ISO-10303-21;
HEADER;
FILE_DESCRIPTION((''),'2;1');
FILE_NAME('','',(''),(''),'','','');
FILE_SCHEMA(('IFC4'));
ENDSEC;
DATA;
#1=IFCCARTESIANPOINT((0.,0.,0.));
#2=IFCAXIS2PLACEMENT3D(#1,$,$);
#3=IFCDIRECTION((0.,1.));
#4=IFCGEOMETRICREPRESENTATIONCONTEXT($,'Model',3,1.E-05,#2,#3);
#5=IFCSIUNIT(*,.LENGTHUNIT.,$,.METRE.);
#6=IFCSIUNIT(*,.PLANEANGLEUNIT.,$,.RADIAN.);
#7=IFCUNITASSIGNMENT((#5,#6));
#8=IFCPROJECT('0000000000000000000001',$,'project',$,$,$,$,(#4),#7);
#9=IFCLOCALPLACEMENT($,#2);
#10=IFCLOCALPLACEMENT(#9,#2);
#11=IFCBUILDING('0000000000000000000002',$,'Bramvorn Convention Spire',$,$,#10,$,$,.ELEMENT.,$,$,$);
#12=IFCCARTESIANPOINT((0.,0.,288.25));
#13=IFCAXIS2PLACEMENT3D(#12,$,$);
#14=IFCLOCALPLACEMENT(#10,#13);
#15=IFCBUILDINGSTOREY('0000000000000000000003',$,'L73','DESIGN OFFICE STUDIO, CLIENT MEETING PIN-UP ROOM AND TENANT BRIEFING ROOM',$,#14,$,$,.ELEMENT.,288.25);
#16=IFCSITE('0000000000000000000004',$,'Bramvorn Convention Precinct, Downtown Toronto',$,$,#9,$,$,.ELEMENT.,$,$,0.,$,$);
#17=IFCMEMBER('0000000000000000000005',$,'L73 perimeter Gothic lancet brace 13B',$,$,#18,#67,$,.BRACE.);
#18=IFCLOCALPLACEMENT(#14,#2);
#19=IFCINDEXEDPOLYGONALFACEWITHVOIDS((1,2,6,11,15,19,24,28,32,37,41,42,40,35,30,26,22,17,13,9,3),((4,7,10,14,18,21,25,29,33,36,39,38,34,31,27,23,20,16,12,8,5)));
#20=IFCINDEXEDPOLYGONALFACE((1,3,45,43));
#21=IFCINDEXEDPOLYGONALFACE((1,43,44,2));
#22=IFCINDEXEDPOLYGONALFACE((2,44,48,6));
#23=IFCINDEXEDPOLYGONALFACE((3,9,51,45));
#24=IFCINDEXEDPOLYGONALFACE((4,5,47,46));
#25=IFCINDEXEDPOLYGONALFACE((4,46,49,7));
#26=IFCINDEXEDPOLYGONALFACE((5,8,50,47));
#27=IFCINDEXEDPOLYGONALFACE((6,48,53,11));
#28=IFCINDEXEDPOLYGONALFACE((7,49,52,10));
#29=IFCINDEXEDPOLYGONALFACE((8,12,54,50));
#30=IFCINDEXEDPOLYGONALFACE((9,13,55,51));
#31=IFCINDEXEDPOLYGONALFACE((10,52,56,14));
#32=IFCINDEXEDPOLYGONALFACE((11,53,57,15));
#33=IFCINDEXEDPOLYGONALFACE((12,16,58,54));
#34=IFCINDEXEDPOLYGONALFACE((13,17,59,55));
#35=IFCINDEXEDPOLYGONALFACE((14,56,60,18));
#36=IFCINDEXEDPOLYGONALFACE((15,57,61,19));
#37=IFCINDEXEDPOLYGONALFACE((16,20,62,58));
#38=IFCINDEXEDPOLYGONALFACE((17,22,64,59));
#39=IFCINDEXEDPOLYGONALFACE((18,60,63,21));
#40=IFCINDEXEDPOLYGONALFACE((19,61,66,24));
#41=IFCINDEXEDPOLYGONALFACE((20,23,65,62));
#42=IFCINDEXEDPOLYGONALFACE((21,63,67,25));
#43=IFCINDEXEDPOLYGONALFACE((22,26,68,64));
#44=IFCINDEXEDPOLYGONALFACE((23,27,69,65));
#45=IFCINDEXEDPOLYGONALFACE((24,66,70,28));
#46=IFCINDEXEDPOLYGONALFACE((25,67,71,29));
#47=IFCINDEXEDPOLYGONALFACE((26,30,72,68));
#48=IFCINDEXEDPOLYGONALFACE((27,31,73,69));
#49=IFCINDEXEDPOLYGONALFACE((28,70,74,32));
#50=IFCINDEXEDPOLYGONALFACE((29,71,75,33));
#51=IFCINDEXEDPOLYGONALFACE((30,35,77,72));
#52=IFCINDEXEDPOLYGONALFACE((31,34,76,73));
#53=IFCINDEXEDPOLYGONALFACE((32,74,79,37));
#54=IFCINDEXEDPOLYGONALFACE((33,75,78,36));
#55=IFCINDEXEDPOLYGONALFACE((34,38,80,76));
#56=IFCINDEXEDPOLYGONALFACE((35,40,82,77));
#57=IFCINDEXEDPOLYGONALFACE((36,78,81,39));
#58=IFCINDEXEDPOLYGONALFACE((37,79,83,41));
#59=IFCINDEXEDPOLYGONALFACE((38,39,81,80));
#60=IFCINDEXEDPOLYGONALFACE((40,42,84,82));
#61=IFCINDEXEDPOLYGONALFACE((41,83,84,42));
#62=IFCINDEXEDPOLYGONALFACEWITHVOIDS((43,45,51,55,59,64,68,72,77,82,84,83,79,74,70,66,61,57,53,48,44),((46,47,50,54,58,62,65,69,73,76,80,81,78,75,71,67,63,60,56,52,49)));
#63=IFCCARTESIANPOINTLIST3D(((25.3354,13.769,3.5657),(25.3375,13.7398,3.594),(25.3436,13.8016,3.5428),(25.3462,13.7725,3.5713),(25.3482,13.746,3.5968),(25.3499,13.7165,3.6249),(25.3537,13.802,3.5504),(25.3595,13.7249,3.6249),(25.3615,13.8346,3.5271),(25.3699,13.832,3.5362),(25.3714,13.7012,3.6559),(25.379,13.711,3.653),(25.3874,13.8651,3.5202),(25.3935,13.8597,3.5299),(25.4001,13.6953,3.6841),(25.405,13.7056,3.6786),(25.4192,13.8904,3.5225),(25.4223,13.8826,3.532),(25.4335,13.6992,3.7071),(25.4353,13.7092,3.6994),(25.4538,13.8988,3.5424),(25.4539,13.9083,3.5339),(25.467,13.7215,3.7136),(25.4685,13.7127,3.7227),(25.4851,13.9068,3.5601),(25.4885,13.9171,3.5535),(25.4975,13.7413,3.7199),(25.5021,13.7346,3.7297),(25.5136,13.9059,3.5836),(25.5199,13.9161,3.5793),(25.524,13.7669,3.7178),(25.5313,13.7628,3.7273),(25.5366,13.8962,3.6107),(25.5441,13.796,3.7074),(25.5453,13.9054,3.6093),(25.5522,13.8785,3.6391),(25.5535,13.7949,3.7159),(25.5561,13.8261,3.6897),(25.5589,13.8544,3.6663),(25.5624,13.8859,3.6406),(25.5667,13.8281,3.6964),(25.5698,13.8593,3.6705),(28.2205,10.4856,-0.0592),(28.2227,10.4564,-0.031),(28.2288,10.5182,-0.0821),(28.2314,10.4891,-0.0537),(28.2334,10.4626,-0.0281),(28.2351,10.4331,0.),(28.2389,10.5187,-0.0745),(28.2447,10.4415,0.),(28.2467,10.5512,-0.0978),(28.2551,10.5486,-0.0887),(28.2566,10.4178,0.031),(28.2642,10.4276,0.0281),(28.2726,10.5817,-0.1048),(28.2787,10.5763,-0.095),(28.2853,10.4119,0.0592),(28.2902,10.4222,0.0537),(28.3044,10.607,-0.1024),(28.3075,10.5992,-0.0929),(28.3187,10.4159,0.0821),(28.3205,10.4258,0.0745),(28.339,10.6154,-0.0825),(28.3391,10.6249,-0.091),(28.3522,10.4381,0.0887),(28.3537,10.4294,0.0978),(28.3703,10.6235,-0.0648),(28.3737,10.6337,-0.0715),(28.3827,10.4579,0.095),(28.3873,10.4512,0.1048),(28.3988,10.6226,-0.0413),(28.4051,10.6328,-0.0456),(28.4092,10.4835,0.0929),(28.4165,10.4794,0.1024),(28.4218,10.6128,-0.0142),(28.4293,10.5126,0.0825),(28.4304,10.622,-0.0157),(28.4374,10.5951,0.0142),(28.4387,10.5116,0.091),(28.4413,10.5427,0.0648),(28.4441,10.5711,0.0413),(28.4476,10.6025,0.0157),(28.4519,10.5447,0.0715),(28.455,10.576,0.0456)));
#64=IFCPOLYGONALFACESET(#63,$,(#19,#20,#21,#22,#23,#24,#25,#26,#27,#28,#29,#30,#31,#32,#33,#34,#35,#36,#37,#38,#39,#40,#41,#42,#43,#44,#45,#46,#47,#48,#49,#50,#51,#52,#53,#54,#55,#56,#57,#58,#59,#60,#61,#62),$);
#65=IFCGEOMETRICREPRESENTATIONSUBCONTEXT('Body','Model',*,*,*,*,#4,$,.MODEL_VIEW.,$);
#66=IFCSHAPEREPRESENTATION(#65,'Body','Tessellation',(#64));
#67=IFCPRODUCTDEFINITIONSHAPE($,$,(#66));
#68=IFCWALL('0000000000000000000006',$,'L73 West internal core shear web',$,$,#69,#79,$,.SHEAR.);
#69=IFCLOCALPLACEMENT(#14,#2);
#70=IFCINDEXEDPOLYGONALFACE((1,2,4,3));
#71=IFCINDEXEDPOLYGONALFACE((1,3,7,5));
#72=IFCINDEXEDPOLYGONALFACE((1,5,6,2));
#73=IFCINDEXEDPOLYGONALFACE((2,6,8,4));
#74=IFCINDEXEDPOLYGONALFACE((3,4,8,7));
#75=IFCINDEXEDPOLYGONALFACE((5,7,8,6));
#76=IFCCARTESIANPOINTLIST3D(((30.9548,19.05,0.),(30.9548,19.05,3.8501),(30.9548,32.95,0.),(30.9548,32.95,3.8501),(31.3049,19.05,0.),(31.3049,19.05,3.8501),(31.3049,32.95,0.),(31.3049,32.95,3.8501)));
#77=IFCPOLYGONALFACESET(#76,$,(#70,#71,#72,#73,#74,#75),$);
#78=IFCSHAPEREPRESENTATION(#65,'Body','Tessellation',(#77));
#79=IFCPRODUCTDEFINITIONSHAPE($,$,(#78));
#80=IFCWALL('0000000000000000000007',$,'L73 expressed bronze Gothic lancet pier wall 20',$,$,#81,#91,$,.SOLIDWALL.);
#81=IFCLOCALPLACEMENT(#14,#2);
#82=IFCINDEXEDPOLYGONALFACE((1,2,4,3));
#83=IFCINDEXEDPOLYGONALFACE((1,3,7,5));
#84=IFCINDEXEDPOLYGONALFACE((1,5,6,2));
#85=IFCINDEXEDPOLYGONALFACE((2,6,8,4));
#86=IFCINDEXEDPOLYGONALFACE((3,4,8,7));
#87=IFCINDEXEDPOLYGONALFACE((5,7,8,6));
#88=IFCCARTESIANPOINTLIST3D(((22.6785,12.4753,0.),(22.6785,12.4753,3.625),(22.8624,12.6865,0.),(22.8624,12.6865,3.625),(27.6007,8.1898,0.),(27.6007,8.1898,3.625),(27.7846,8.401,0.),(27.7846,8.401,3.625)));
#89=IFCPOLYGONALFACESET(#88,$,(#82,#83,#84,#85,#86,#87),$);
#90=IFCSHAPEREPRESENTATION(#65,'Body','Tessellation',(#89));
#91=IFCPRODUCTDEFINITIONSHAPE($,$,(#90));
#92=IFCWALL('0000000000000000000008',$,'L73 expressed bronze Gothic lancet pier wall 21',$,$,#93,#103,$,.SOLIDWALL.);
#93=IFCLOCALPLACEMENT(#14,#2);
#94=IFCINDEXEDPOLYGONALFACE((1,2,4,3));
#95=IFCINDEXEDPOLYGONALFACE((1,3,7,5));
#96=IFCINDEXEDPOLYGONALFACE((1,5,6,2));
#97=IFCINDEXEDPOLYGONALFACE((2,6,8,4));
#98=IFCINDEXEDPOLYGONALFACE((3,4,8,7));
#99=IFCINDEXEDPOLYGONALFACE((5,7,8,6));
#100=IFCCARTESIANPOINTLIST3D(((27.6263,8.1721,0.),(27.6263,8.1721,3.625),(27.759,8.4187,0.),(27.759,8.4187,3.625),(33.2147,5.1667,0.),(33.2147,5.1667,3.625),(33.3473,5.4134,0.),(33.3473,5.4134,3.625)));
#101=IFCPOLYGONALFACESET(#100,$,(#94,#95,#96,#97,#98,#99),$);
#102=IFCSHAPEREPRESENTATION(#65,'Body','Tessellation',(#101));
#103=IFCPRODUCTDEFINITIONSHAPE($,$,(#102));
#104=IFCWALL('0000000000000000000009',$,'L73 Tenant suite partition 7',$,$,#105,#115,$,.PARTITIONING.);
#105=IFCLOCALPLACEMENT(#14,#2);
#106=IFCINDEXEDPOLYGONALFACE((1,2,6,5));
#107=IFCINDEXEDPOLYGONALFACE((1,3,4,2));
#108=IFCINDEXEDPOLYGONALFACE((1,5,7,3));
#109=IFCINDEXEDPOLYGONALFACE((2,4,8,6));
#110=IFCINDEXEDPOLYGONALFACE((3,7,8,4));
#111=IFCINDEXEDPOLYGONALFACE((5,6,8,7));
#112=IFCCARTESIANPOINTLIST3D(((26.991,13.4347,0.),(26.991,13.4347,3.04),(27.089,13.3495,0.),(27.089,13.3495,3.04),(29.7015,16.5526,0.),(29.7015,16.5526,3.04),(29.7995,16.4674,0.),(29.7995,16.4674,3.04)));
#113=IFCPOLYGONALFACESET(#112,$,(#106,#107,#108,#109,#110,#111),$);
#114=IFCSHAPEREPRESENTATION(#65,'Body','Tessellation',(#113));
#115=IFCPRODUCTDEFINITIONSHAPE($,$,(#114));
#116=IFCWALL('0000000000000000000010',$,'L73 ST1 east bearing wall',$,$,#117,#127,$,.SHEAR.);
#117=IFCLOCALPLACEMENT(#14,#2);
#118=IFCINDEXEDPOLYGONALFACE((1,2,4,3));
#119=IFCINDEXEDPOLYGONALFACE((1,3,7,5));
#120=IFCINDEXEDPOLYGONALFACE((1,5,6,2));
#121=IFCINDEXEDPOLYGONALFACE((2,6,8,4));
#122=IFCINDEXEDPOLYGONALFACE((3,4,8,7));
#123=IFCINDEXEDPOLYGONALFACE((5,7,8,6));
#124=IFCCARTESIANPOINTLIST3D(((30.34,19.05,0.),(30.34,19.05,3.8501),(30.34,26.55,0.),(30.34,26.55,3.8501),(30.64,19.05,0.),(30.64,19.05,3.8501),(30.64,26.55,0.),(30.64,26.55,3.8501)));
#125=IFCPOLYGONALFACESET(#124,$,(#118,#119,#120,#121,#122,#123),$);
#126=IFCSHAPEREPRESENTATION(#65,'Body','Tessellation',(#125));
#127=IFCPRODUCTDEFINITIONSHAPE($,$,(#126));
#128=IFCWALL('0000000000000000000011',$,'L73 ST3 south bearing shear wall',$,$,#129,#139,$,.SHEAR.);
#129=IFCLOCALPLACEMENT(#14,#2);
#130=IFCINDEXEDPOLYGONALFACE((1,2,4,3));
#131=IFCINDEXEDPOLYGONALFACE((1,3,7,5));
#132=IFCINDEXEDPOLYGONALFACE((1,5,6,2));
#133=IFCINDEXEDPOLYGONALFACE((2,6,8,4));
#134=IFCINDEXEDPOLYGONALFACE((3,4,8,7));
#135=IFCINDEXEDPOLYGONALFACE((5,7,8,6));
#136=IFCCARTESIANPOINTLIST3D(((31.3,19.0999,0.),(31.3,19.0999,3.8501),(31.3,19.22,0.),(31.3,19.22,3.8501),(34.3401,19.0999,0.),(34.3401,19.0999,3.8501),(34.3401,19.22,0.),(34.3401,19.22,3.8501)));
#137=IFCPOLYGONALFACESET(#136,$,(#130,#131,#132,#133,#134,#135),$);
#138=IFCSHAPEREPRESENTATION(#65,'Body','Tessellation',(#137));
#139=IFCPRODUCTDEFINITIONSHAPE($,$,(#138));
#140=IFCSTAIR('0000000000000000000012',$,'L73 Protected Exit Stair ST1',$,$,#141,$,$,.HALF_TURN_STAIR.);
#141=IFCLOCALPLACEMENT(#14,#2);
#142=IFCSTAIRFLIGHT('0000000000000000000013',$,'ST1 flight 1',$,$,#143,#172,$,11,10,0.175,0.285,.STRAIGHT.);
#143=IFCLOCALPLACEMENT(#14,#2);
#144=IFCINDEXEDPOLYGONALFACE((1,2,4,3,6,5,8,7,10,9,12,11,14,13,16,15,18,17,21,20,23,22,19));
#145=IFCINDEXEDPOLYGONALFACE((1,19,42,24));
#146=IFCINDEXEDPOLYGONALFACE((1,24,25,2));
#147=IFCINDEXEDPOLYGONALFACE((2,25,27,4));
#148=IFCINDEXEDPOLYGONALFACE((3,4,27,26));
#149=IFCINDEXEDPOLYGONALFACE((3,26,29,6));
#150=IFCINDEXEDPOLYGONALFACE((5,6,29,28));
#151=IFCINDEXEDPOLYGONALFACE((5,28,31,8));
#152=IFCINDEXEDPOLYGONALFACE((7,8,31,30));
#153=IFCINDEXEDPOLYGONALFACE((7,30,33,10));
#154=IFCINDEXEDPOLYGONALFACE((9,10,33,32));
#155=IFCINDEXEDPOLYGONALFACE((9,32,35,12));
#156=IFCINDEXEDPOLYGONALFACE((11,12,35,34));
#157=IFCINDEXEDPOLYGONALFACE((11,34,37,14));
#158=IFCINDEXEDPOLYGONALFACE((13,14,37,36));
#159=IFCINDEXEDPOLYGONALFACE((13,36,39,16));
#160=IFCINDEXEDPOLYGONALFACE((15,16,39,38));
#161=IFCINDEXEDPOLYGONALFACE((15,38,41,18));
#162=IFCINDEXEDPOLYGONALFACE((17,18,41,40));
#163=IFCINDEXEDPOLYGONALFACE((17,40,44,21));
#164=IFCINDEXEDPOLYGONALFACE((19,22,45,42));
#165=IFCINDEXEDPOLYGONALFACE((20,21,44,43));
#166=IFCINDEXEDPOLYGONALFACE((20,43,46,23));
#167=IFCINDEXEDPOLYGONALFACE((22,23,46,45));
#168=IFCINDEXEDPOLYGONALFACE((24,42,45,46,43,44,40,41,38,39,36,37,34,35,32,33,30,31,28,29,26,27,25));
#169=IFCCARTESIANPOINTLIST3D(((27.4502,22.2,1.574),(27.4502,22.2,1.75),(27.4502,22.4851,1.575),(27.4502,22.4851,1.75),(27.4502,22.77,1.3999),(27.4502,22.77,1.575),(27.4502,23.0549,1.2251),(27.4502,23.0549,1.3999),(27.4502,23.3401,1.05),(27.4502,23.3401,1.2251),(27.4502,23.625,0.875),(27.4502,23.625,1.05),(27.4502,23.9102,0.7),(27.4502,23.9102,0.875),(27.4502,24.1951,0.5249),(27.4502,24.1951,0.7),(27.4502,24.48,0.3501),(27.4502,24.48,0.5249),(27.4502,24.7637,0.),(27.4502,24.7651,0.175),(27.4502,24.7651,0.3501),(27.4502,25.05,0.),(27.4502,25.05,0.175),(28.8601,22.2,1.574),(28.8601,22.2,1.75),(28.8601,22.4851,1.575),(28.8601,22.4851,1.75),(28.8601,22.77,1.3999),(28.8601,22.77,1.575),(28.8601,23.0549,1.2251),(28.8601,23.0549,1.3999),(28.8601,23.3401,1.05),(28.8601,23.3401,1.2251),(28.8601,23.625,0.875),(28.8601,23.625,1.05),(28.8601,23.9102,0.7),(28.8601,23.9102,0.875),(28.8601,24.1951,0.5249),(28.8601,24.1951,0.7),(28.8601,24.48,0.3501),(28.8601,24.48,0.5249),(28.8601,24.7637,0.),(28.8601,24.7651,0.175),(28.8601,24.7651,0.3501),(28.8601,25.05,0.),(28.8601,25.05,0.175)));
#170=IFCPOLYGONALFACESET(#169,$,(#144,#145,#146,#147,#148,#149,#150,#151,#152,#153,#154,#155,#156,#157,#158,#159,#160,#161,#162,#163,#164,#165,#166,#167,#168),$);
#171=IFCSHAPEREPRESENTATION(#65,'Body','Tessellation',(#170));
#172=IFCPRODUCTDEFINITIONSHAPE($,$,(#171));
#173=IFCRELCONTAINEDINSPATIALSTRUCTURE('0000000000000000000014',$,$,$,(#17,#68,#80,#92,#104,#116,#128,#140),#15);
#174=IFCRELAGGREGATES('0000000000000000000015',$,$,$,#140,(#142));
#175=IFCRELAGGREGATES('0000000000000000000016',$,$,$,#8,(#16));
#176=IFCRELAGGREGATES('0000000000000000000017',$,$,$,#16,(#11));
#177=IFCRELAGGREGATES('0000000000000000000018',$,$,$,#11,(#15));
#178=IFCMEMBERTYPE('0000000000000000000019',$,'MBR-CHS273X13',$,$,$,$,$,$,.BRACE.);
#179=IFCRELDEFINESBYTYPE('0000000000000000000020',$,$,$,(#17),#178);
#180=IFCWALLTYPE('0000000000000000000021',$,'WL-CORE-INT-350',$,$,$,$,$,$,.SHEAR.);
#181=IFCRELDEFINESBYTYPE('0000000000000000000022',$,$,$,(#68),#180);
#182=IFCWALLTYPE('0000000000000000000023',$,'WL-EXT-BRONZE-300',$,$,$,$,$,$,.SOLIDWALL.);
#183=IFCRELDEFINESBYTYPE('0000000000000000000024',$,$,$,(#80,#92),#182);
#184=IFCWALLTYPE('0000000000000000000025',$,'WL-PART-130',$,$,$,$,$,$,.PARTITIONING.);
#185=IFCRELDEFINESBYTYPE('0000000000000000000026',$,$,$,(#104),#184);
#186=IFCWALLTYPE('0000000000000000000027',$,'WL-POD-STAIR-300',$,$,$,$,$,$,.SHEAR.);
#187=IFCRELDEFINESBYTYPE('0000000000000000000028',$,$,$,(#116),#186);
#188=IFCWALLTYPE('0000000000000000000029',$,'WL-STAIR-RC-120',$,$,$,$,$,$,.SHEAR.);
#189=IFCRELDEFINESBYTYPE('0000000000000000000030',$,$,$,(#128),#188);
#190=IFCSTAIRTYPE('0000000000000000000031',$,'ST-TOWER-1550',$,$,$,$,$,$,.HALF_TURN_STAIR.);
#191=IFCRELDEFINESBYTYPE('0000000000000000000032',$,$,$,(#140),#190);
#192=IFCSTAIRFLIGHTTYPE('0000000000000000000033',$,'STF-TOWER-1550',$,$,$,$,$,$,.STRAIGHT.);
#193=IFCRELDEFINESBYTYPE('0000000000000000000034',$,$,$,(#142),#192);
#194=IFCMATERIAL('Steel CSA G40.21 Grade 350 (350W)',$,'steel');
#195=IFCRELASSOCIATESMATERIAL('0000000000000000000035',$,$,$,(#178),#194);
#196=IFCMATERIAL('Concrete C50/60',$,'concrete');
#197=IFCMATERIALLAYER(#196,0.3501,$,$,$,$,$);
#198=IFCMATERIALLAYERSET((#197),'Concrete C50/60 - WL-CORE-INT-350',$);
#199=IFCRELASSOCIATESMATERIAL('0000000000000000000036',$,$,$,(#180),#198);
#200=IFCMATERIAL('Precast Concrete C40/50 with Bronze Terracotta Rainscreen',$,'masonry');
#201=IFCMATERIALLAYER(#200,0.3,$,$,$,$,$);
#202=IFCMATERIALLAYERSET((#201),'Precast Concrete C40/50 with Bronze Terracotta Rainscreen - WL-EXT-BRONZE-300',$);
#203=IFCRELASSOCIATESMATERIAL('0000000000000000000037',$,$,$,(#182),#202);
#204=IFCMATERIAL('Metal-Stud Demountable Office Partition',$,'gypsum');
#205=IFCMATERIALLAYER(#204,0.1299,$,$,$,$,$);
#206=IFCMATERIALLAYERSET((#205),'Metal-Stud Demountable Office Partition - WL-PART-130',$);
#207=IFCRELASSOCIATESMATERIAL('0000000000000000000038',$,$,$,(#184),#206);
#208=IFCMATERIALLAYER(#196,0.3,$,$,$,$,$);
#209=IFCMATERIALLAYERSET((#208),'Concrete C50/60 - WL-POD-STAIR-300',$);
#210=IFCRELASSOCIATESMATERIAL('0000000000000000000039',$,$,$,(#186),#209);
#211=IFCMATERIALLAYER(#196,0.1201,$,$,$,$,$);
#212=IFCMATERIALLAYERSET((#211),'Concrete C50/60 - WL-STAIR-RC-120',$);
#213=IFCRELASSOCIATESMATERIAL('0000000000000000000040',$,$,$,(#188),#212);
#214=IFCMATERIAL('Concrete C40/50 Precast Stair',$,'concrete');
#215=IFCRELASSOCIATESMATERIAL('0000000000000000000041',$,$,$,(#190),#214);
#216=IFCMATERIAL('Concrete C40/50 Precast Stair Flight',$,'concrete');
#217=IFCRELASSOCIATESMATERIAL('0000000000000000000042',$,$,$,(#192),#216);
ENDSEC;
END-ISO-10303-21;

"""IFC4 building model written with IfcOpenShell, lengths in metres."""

from ifc_helpers import new_model, si_unit, direction, frame, frame_2d, origin, origin_2d, place, context, subcontext, project, spatial, polyline, rectangle, hollow_circle, outline, extrude, material, layer, layer_set, material_profile, profile_set, type_object, element, aggregate, save


model = new_model("IFC4")

# Units and contexts
model_context = context("Model", 3, precision=1e-05, world=origin(), true_north=direction((0.0, 1.0)))
body_context = subcontext(model_context, "Body", "Model", "MODEL_VIEW")
ifc_project = project(units=[si_unit("LENGTHUNIT", "METRE"), si_unit("PLANEANGLEUNIT", "RADIAN")], contexts=[model_context])

# Site, building, storey
site_placement = place(None, origin())
site = spatial("IfcSite", under=ifc_project, at=site_placement, Name="Bramvorn Convention Precinct, Downtown Toronto", CompositionType="ELEMENT", RefElevation=0.0)
building_placement = place(site_placement, origin())
building = spatial("IfcBuilding", under=site, at=building_placement, Name="Bramvorn Convention Spire", CompositionType="ELEMENT")
storey_placement = place(building_placement, frame((0.0, 0.0, 288.25)))
storey = spatial("IfcBuildingStorey", under=building, at=storey_placement, Name="L73", Description="DESIGN OFFICE STUDIO, CLIENT MEETING PIN-UP ROOM AND TENANT BRIEFING ROOM", CompositionType="ELEMENT", Elevation=288.25)

# Shared definitions
ifc_material_1 = material(Name="Steel CSA G40.21 Grade 350 (350W)", Category="steel")

# Member
ifc_material_profile_1 = material_profile(ifc_material_1, hollow_circle(Radius=0.1365, WallThickness=0.0127, at=origin_2d()))
ifc_profile_set_1 = profile_set([ifc_material_profile_1], Name="Steel CSA G40.21 Grade 350 (350W) - CHS273X13")
member_type_1 = type_object("IfcMemberType", Name="MBR-CHS273X13", PredefinedType="BRACE", material=ifc_profile_set_1)
member_1_placement = place(storey_placement, frame((28.3376, 10.5232, 0.0), z_axis=(-0.508094, 0.578216, 0.638363), x_axis=(-0.751188, -0.660089, 0.0)))
element("IfcMember", 1, at=member_1_placement, inside=storey, type_object=member_type_1, Name="L73 perimeter Gothic lancet brace 13B", PredefinedType="BRACE", context=body_context, shape_type="SweptSolid", body=[
    extrude(hollow_circle(Radius=0.1365, WallThickness=0.0127, at=origin_2d()), origin(), (0.0, 0.0, 1.0), 5.6785),
])

# Walls
ifc_material_2 = material(Name="Concrete C50/60", Category="concrete")
ifc_layer_1 = layer(ifc_material_2, 0.3501)
ifc_layer_set_1 = layer_set([ifc_layer_1], Name="Concrete C50/60 - WL-CORE-INT-350")
wall_type_1 = type_object("IfcWallType", Name="WL-CORE-INT-350", PredefinedType="SHEAR", material=ifc_layer_set_1)
wall_1_placement = place(storey_placement, frame((31.1299, 19.05, 0.0), z_axis=(0.0, 0.0, 1.0), x_axis=(0.0, 1.0, 0.0)))
element("IfcWall", 2, at=wall_1_placement, inside=storey, type_object=wall_type_1, Name="L73 West internal core shear web", PredefinedType="SHEAR", context=body_context, shape_type="SweptSolid", body=[
    extrude(rectangle(XDim=13.8999, YDim=0.3501, at=frame_2d((6.95, 0.0))), origin(), (0.0, 0.0, 1.0), 3.8501),
])
ifc_material_3 = material(Name="Precast Concrete C40/50 with Bronze Terracotta Rainscreen", Category="masonry")
ifc_layer_2 = layer(ifc_material_3, 0.3)
ifc_layer_set_2 = layer_set([ifc_layer_2], Name="Precast Concrete C40/50 with Bronze Terracotta Rainscreen - WL-EXT-BRONZE-300")
wall_type_2 = type_object("IfcWallType", Name="WL-EXT-BRONZE-300", PredefinedType="SOLIDWALL", material=ifc_layer_set_2)
wall_2_placement = place(storey_placement, frame((27.6926, 8.2954, 0.0), z_axis=(0.0, 0.0, 1.0), x_axis=(-0.754204, 0.656641, 0.0)))
element("IfcWall", 3, at=wall_2_placement, inside=storey, type_object=wall_type_2, Name="L73 expressed bronze Gothic lancet pier wall 20", PredefinedType="SOLIDWALL", context=body_context, shape_type="SweptSolid", body=[
    extrude(rectangle(XDim=6.5264, YDim=0.28, at=frame_2d((3.2632, 0.0))), origin(), (0.0, 0.0, 1.0), 3.625),
])
wall_3_placement = place(storey_placement, frame((33.281, 5.29, 0.0), z_axis=(0.0, 0.0, 1.0), x_axis=(-0.880718, 0.473641, 0.0)))
element("IfcWall", 4, at=wall_3_placement, inside=storey, type_object=wall_type_2, Name="L73 expressed bronze Gothic lancet pier wall 21", PredefinedType="SOLIDWALL", context=body_context, shape_type="SweptSolid", body=[
    extrude(rectangle(XDim=6.3452, YDim=0.28, at=frame_2d((3.1726, 0.0))), origin(), (0.0, 0.0, 1.0), 3.625),
])
ifc_material_4 = material(Name="Metal-Stud Demountable Office Partition", Category="gypsum")
ifc_layer_3 = layer(ifc_material_4, 0.1299)
ifc_layer_set_3 = layer_set([ifc_layer_3], Name="Metal-Stud Demountable Office Partition - WL-PART-130")
wall_type_3 = type_object("IfcWallType", Name="WL-PART-130", PredefinedType="PARTITIONING", material=ifc_layer_set_3)
wall_4_placement = place(storey_placement, frame((29.7505, 16.51, 0.0), z_axis=(0.0, 0.0, 1.0), x_axis=(-0.65607, -0.7547, 0.0)))
element("IfcWall", 5, at=wall_4_placement, inside=storey, type_object=wall_type_3, Name="L73 Tenant suite partition 7", PredefinedType="PARTITIONING", context=body_context, shape_type="SweptSolid", body=[
    extrude(rectangle(XDim=4.1313, YDim=0.1299, at=frame_2d((2.0657, 0.0))), origin(), (0.0, 0.0, 1.0), 3.04),
])
ifc_layer_4 = layer(ifc_material_2, 0.3)
ifc_layer_set_4 = layer_set([ifc_layer_4], Name="Concrete C50/60 - WL-POD-STAIR-300")
wall_type_4 = type_object("IfcWallType", Name="WL-POD-STAIR-300", PredefinedType="SHEAR", material=ifc_layer_set_4)
wall_5_placement = place(storey_placement, frame((30.49, 19.05, 0.0), z_axis=(0.0, 0.0, 1.0), x_axis=(0.0, 1.0, 0.0)))
element("IfcWall", 6, at=wall_5_placement, inside=storey, type_object=wall_type_4, Name="L73 ST1 east bearing wall", PredefinedType="SHEAR", context=body_context, shape_type="SweptSolid", body=[
    extrude(rectangle(XDim=7.5, YDim=0.3, at=frame_2d((3.75, 0.0))), origin(), (0.0, 0.0, 1.0), 3.8501),
])
ifc_layer_5 = layer(ifc_material_2, 0.1201)
ifc_layer_set_5 = layer_set([ifc_layer_5], Name="Concrete C50/60 - WL-STAIR-RC-120")
wall_type_5 = type_object("IfcWallType", Name="WL-STAIR-RC-120", PredefinedType="SHEAR", material=ifc_layer_set_5)
wall_6_placement = place(storey_placement, frame((31.3, 19.1599, 0.0), z_axis=(0.0, 0.0, 1.0), x_axis=(1.0, 0.0, 0.0)))
element("IfcWall", 7, at=wall_6_placement, inside=storey, type_object=wall_type_5, Name="L73 ST3 south bearing shear wall", PredefinedType="SHEAR", context=body_context, shape_type="SweptSolid", body=[
    extrude(rectangle(XDim=3.04, YDim=0.1201, at=frame_2d((1.52, 0.0))), origin(), (0.0, 0.0, 1.0), 3.8501),
])

# Stair, stair flight
ifc_material_5 = material(Name="Concrete C40/50 Precast Stair", Category="concrete")
stair_type = type_object("IfcStairType", Name="ST-TOWER-1550", PredefinedType="HALF_TURN_STAIR", material=ifc_material_5)
stair_1_placement = place(storey_placement, origin())
stair_1 = element("IfcStair", 8, at=stair_1_placement, inside=storey, type_object=stair_type, Name="L73 Protected Exit Stair ST1", PredefinedType="HALF_TURN_STAIR")
ifc_material_6 = material(Name="Concrete C40/50 Precast Stair Flight", Category="concrete")
stair_flight_type = type_object("IfcStairFlightType", Name="STF-TOWER-1550", PredefinedType="STRAIGHT", material=ifc_material_6)
stair_flight_1_placement = place(storey_placement, frame((28.155, 25.05, 0.0), z_axis=(0.0, 0.0, 1.0), x_axis=(0.0, -1.0, 0.0)))
stair_flight_1 = element("IfcStairFlight", 9, at=stair_flight_1_placement, type_object=stair_flight_type, Name="ST1 flight 1", NumberOfRisers=11, NumberOfTreads=10, PredefinedType="STRAIGHT", RiserHeight=0.175, TreadLength=0.285, context=body_context, shape_type="SweptSolid", body=[
    extrude(outline(polyline([(0.0, 0.0), (0.0, 0.175), (0.2849, 0.175), (0.2849, 0.3501), (0.5701, 0.3501), (0.5701, 0.5249), (0.855, 0.5249), (0.855, 0.7), (1.1399, 0.7), (1.1399, 0.875), (1.425, 0.875), (1.425, 1.05), (1.71, 1.05), (1.71, 1.2251), (1.9951, 1.2251), (1.9951, 1.3999), (2.28, 1.3999), (2.28, 1.575), (2.5649, 1.575), (2.5649, 1.75), (2.8501, 1.75), (2.8501, 1.925), (2.8501, 1.574), (0.2864, 0.0), (0.0, 0.0)])), frame((0.0, 0.7051, 0.0), z_axis=(0.0, -1.0, 0.0), x_axis=(1.0, 0.0, 0.0)), (0.0, 0.0, 1.0), 1.4099),
])
aggregate(stair_1, [stair_flight_1])

save(model, "model.ifc")
